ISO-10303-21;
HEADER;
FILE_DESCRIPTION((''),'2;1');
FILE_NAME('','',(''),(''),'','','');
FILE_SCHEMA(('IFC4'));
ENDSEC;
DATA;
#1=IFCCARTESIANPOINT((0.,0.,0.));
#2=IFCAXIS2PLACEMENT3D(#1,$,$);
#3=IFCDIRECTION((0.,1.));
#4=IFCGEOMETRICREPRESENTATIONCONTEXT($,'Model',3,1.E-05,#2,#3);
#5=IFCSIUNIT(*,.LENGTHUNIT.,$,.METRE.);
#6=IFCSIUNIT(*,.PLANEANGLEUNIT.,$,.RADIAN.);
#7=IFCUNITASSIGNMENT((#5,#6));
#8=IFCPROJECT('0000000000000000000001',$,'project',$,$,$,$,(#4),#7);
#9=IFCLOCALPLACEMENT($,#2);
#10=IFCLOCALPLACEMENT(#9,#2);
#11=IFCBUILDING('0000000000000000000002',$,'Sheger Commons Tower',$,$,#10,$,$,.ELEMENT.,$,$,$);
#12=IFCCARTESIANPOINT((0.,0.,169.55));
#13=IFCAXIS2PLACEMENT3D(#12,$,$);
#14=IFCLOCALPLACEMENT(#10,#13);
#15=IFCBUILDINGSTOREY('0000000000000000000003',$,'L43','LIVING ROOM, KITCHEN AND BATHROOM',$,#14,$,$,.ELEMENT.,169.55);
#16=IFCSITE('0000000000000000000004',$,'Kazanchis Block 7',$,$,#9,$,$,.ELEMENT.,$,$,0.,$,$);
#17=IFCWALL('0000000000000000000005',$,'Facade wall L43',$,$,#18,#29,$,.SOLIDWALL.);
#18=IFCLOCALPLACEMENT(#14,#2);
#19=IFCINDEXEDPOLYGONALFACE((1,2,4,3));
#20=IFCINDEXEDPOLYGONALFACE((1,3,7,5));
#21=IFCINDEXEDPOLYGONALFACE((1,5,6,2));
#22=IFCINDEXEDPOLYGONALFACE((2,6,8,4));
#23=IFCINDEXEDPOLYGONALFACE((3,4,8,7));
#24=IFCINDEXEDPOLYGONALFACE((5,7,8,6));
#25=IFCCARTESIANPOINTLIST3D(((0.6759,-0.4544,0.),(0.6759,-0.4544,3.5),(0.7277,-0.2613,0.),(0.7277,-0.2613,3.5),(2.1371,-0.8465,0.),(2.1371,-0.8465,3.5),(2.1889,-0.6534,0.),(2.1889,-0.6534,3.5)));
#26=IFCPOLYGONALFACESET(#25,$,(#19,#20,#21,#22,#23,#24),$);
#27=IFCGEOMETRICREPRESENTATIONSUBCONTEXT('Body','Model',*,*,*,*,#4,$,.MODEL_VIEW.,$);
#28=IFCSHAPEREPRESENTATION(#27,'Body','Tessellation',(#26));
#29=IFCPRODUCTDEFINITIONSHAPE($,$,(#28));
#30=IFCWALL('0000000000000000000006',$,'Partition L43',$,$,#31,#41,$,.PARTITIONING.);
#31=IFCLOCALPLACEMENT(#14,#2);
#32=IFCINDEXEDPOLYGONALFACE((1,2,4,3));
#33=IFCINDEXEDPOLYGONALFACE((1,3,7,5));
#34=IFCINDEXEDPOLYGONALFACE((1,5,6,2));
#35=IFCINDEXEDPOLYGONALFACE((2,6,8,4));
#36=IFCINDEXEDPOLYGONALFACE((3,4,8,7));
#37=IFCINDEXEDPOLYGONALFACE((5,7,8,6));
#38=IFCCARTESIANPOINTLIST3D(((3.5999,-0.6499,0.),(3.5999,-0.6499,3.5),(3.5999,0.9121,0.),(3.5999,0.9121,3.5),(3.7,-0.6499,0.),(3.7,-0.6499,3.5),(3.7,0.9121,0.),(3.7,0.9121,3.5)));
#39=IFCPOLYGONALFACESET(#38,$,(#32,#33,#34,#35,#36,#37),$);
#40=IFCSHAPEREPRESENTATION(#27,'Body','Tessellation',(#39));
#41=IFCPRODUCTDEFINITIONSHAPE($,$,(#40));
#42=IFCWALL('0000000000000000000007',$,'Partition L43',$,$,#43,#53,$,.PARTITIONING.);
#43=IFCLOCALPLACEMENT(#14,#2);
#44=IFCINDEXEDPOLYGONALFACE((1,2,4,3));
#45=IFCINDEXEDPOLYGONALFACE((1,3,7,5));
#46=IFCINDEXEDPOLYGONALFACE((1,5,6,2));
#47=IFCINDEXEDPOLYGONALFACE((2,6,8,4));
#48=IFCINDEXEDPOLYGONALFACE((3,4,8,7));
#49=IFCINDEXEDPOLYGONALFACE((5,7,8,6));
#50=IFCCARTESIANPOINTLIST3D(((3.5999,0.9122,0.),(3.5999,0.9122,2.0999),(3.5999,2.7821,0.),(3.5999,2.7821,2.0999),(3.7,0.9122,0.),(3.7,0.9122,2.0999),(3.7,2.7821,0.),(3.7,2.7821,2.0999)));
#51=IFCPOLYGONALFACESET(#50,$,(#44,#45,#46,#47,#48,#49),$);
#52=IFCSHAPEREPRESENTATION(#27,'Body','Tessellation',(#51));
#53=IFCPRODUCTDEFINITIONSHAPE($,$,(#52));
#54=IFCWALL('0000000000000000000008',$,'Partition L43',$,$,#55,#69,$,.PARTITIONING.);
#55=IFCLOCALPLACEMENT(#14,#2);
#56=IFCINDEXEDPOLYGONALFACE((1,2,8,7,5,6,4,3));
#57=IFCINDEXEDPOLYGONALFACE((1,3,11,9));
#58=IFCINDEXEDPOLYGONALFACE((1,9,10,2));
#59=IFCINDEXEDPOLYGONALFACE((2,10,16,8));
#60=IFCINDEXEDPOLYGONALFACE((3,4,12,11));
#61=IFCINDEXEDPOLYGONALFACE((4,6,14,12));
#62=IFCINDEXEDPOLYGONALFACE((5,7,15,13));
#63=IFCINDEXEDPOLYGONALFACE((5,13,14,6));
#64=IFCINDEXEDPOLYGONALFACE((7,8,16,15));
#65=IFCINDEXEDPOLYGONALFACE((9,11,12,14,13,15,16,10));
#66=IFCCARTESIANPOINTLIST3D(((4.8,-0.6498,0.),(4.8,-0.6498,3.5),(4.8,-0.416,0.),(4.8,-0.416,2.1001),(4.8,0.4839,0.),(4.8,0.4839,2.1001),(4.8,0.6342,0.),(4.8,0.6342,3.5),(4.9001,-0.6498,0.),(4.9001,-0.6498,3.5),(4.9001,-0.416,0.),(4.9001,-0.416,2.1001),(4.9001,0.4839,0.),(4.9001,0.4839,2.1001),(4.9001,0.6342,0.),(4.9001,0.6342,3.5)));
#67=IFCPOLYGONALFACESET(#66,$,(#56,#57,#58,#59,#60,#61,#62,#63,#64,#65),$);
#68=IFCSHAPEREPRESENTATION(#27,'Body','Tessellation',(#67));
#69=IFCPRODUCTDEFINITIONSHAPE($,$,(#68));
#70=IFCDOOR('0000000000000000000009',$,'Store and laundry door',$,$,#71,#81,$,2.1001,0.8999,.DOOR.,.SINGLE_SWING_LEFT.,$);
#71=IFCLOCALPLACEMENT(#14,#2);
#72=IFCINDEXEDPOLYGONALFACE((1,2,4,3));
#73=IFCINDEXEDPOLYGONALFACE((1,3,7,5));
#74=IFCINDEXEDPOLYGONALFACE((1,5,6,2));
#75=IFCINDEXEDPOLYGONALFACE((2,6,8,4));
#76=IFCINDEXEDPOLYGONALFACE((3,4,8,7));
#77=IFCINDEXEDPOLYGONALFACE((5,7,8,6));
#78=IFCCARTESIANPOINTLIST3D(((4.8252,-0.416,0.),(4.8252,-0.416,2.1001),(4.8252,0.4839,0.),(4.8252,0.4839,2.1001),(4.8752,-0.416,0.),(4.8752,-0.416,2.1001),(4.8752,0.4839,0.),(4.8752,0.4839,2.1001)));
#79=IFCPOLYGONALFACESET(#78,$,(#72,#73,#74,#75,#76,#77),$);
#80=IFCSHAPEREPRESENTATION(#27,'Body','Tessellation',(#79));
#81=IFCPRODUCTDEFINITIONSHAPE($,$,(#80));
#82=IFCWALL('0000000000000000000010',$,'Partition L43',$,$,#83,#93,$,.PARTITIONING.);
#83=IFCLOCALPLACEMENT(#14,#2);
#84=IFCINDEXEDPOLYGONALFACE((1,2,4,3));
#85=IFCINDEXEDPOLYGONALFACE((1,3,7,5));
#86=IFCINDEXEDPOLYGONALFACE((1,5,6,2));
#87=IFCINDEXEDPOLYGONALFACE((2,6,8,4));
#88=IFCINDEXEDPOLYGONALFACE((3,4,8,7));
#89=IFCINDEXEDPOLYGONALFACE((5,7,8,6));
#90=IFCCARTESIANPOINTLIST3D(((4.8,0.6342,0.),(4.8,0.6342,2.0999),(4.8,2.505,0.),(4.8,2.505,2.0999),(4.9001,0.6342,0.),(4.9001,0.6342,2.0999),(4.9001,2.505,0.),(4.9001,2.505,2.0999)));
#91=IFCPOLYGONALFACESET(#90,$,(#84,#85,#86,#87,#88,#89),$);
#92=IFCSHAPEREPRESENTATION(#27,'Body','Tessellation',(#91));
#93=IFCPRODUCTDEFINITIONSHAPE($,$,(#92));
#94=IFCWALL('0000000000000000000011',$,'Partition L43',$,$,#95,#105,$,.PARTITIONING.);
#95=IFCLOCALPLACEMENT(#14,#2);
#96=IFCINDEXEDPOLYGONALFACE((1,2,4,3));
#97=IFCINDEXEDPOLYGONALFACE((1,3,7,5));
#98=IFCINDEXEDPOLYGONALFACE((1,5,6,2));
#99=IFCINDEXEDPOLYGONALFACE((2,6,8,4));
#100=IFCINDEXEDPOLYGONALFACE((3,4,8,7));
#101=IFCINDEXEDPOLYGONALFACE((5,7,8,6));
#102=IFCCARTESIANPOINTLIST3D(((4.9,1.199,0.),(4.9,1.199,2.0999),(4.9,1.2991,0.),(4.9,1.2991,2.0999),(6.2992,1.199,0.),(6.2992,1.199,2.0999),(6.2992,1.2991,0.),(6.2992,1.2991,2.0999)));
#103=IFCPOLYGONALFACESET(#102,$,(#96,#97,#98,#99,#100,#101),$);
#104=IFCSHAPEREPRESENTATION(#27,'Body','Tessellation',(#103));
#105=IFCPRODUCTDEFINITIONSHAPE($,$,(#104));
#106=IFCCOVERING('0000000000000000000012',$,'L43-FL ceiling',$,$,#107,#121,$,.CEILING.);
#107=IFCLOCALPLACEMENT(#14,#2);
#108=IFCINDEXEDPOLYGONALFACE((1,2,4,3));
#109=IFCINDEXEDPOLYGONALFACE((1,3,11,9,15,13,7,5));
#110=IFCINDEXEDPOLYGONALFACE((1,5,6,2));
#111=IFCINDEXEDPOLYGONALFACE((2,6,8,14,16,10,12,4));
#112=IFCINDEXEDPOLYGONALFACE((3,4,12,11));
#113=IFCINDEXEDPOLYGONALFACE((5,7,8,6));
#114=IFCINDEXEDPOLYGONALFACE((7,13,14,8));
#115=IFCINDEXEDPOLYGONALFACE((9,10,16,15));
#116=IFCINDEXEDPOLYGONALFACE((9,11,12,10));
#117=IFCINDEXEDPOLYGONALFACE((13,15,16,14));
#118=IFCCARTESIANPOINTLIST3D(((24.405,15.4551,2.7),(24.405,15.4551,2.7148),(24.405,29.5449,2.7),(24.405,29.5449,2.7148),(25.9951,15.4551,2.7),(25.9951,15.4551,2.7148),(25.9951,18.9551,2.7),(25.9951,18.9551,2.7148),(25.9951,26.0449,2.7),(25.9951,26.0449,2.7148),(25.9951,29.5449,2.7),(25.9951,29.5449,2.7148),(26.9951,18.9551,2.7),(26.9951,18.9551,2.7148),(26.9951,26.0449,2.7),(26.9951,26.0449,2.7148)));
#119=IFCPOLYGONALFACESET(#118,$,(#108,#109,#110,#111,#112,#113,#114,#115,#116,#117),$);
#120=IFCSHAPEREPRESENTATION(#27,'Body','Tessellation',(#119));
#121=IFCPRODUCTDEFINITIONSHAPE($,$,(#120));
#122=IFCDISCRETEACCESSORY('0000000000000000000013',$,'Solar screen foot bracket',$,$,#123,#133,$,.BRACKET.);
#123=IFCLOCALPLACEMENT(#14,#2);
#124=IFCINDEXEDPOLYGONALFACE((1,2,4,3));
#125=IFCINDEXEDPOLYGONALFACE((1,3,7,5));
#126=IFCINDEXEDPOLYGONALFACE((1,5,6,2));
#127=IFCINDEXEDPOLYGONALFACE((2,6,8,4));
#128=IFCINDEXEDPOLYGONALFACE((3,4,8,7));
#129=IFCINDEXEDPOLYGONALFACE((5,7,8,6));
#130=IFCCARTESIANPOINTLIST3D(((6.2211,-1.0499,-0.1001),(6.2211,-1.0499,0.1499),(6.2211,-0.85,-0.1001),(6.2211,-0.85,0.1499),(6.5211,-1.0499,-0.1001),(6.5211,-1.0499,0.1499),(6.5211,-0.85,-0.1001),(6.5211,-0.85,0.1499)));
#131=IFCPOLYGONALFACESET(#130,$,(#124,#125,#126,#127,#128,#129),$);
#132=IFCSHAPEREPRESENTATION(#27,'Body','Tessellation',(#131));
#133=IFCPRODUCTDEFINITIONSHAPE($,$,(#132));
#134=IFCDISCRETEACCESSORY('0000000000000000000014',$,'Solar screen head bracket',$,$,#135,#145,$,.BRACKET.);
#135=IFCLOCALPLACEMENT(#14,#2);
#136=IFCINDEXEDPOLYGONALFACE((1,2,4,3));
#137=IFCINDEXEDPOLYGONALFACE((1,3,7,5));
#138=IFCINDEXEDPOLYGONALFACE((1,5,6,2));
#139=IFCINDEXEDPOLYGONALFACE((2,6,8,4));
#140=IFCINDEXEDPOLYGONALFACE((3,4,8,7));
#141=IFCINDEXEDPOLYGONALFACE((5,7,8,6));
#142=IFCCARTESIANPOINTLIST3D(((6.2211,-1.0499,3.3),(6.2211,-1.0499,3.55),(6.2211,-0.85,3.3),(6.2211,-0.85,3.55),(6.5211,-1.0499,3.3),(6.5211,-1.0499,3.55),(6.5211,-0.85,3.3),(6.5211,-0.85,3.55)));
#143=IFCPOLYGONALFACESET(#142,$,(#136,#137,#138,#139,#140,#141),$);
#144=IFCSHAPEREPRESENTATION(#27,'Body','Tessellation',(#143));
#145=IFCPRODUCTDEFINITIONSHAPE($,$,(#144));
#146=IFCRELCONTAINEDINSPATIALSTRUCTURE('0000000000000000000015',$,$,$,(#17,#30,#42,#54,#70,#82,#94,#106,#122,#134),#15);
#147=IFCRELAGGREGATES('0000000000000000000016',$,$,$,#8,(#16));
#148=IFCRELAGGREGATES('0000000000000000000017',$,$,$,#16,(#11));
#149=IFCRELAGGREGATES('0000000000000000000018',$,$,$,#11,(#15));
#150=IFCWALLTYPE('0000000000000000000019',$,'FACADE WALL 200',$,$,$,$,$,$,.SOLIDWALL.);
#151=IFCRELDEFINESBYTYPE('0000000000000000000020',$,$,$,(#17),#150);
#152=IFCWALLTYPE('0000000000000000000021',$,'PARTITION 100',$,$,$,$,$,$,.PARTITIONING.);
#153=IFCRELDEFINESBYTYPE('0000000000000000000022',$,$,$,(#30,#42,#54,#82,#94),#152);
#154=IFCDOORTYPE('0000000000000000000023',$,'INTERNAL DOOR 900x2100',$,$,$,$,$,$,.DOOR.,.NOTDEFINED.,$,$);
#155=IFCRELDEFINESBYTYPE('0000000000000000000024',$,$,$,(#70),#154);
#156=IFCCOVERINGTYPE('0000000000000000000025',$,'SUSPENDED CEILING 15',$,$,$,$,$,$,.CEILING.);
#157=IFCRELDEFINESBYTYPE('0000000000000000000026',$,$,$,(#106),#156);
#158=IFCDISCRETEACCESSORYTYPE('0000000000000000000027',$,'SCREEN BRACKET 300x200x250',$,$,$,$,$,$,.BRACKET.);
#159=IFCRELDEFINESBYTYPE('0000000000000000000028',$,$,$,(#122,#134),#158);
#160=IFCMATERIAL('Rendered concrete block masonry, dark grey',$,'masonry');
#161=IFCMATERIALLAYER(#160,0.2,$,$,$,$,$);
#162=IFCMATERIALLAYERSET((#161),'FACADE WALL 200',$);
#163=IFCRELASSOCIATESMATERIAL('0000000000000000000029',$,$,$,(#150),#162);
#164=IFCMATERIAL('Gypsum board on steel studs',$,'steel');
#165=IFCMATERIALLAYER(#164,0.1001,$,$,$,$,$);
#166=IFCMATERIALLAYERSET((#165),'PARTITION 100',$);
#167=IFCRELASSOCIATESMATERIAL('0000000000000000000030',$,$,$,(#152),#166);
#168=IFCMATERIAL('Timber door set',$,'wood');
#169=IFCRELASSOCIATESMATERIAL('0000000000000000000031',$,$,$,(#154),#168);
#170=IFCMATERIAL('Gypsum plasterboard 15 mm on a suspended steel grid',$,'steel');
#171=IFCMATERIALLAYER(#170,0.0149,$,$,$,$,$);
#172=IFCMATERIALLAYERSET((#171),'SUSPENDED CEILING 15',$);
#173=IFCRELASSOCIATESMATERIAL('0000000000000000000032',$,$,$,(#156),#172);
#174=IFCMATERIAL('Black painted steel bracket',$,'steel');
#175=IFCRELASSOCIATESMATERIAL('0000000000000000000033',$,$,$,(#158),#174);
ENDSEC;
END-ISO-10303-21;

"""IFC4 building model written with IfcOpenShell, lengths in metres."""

from ifc_helpers import new_model, si_unit, direction, frame, frame_2d, origin, origin_2d, place, context, subcontext, project, spatial, polyline, rectangle, outline, extrude, material, layer, layer_set, type_object, element, fill, save


model = new_model("IFC4")

# Units and contexts
model_context = context("Model", 3, precision=1e-05, world=origin(), true_north=direction((0.0, 1.0)))
body_context = subcontext(model_context, "Body", "Model", "MODEL_VIEW")
ifc_project = project(units=[si_unit("LENGTHUNIT", "METRE"), si_unit("PLANEANGLEUNIT", "RADIAN")], contexts=[model_context])

# Site, building, storey
site_placement = place(None, origin())
site = spatial("IfcSite", under=ifc_project, at=site_placement, Name="Kazanchis Block 7", CompositionType="ELEMENT", RefElevation=0.0)
building_placement = place(site_placement, origin())
building = spatial("IfcBuilding", under=site, at=building_placement, Name="Sheger Commons Tower", CompositionType="ELEMENT")
storey_placement = place(building_placement, frame((0.0, 0.0, 169.55)))
storey = spatial("IfcBuildingStorey", under=building, at=storey_placement, Name="L43", Description="LIVING ROOM, KITCHEN AND BATHROOM", CompositionType="ELEMENT", Elevation=169.55)

# Shared definitions
ifc_material_1 = material(Name="Rendered concrete block masonry, dark grey", Category="masonry")
ifc_layer_1 = layer(ifc_material_1, 0.2)
ifc_layer_set_1 = layer_set([ifc_layer_1], Name="FACADE WALL 200")
wall_type_1 = type_object("IfcWallType", Name="FACADE WALL 200", PredefinedType="SOLIDWALL", material=ifc_layer_set_1)

# Walls
wall_1_placement = place(storey_placement, frame((0.7019, -0.3579, 0.0), z_axis=(0.0, 0.0, 1.0), x_axis=(0.965832, -0.259169, 0.0)))
element("IfcWall", 1, at=wall_1_placement, inside=storey, type_object=wall_type_1, Name="Facade wall L43", PredefinedType="SOLIDWALL", context=body_context, shape_type="SweptSolid", body=[
    extrude(rectangle(XDim=1.5129, YDim=0.2, at=frame_2d((0.7563, 0.0))), origin(), (0.0, 0.0, 1.0), 3.5),
])
ifc_material_2 = material(Name="Gypsum board on steel studs", Category="steel")
ifc_layer_2 = layer(ifc_material_2, 0.1001)
ifc_layer_set_2 = layer_set([ifc_layer_2], Name="PARTITION 100")
wall_type_2 = type_object("IfcWallType", Name="PARTITION 100", PredefinedType="PARTITIONING", material=ifc_layer_set_2)
wall_2_placement = place(storey_placement, frame((3.6499, -0.6499, 0.0), z_axis=(0.0, 0.0, 1.0), x_axis=(0.0, 1.0, 0.0)))
element("IfcWall", 2, at=wall_2_placement, inside=storey, type_object=wall_type_2, Name="Partition L43", PredefinedType="PARTITIONING", context=body_context, shape_type="SweptSolid", body=[
    extrude(rectangle(XDim=1.562, YDim=0.1001, at=frame_2d((0.781, 0.0))), origin(), (0.0, 0.0, 1.0), 3.5),
])
wall_3_placement = place(storey_placement, frame((3.6499, 0.9121, 0.0), z_axis=(0.0, 0.0, 1.0), x_axis=(0.0, 1.0, 0.0)))
element("IfcWall", 3, at=wall_3_placement, inside=storey, type_object=wall_type_2, Name="Partition L43", PredefinedType="PARTITIONING", context=body_context, shape_type="SweptSolid", body=[
    extrude(rectangle(XDim=1.8699, YDim=0.1001, at=frame_2d((0.9351, 0.0))), origin(), (0.0, 0.0, 1.0), 2.0999),
])

# Wall, opening, door
wall_4_placement = place(storey_placement, frame((4.8501, -0.6499, 0.0), z_axis=(0.0, 0.0, 1.0), x_axis=(0.0, 1.0, 0.0)))
wall_4 = element("IfcWall", 4, at=wall_4_placement, inside=storey, type_object=wall_type_2, Name="Partition L43", PredefinedType="PARTITIONING", context=body_context, shape_type="SweptSolid", body=[
    extrude(rectangle(XDim=1.2839, YDim=0.1001, at=frame_2d((0.6421, 0.0))), origin(), (0.0, 0.0, 1.0), 3.5),
])
opening_1_placement = place(wall_4_placement, frame((0.2339, 0.0, 0.0)))
opening_1 = element("IfcOpeningElement", 5, at=opening_1_placement, cuts=wall_4, PredefinedType="OPENING", context=body_context, shape_type="SweptSolid", body=[
    extrude(rectangle(XDim=0.8999, YDim=2.1001, at=frame_2d((0.45, 1.05))), frame((0.0, 0.0601, 0.0), z_axis=(0.0, -1.0, 0.0), x_axis=(1.0, 0.0, 0.0)), (0.0, 0.0, 1.0), 0.1201),
])
ifc_material_3 = material(Name="Timber door set", Category="wood")
door_type = type_object("IfcDoorType", Name="INTERNAL DOOR 900x2100", OperationType="NOTDEFINED", PredefinedType="DOOR", material=ifc_material_3)
door_placement = place(opening_1_placement, origin())
door = element("IfcDoor", 6, at=door_placement, inside=storey, type_object=door_type, Name="Store and laundry door", OperationType="SINGLE_SWING_LEFT", OverallHeight=2.1001, OverallWidth=0.8999, PredefinedType="DOOR", context=body_context, shape_type="SweptSolid", body=[
    extrude(rectangle(XDim=0.8999, YDim=2.1001, at=frame_2d((0.45, 1.05))), frame((0.0, 0.0249, 0.0), z_axis=(0.0, -1.0, 0.0), x_axis=(1.0, 0.0, 0.0)), (0.0, 0.0, 1.0), 0.05),
])
fill(opening_1, door)

# Walls
wall_5_placement = place(storey_placement, frame((4.8501, 0.634, 0.0), z_axis=(0.0, 0.0, 1.0), x_axis=(0.0, 1.0, 0.0)))
element("IfcWall", 7, at=wall_5_placement, inside=storey, type_object=wall_type_2, Name="Partition L43", PredefinedType="PARTITIONING", context=body_context, shape_type="SweptSolid", body=[
    extrude(rectangle(XDim=1.8708, YDim=0.1001, at=frame_2d((0.9355, 0.0))), origin(), (0.0, 0.0, 1.0), 2.0999),
])
wall_6_placement = place(storey_placement, frame((4.8999, 1.249, 0.0), z_axis=(0.0, 0.0, 1.0), x_axis=(1.0, 0.0, 0.0)))
element("IfcWall", 8, at=wall_6_placement, inside=storey, type_object=wall_type_2, Name="Partition L43", PredefinedType="PARTITIONING", context=body_context, shape_type="SweptSolid", body=[
    extrude(rectangle(XDim=1.3992, YDim=0.1001, at=frame_2d((0.6997, 0.0))), origin(), (0.0, 0.0, 1.0), 2.0999),
])

# Covering
ifc_material_4 = material(Name="Gypsum plasterboard 15 mm on a suspended steel grid", Category="steel")
ifc_layer_3 = layer(ifc_material_4, 0.0149)
ifc_layer_set_3 = layer_set([ifc_layer_3], Name="SUSPENDED CEILING 15")
covering_type = type_object("IfcCoveringType", Name="SUSPENDED CEILING 15", PredefinedType="CEILING", material=ifc_layer_set_3)
covering_placement = place(storey_placement, frame((0.0, 0.0, 2.7)))
element("IfcCovering", 9, at=covering_placement, inside=storey, type_object=covering_type, Name="L43-FL ceiling", PredefinedType="CEILING", context=body_context, shape_type="SweptSolid", body=[
    extrude(outline(polyline([(24.405, 15.4551), (25.9951, 15.4551), (25.9951, 18.9551), (26.9951, 18.9551), (26.9951, 26.0449), (25.9951, 26.0449), (25.9951, 29.5449), (24.405, 29.5449), (24.405, 15.4551)])), origin(), (0.0, 0.0, 1.0), 0.0149),
])

# Discrete accessories
ifc_material_5 = material(Name="Black painted steel bracket", Category="steel")
discrete_accessory_type = type_object("IfcDiscreteAccessoryType", Name="SCREEN BRACKET 300x200x250", PredefinedType="BRACKET", material=ifc_material_5)
for number, where, z_axis, x_axis, name in (
    (10, (6.3711, -0.95, -0.1001), (0.0, 0.0, 1.0), (1.0, 0.0, 0.0), "Solar screen foot bracket"),
    (11, (6.3711, -0.95, 3.3), (0.0, 0.0, 1.0), (1.0, 0.0, 0.0), "Solar screen head bracket"),
):
    element("IfcDiscreteAccessory", number, at=place(storey_placement, frame(where, z_axis=z_axis, x_axis=x_axis)), inside=storey, type_object=discrete_accessory_type, Name=name, PredefinedType="BRACKET", context=body_context, shape_type="SweptSolid", body=[
        extrude(rectangle(XDim=0.3, YDim=0.2, at=origin_2d()), origin(), (0.0, 0.0, 1.0), 0.25),
    ])

save(model, "model.ifc")
